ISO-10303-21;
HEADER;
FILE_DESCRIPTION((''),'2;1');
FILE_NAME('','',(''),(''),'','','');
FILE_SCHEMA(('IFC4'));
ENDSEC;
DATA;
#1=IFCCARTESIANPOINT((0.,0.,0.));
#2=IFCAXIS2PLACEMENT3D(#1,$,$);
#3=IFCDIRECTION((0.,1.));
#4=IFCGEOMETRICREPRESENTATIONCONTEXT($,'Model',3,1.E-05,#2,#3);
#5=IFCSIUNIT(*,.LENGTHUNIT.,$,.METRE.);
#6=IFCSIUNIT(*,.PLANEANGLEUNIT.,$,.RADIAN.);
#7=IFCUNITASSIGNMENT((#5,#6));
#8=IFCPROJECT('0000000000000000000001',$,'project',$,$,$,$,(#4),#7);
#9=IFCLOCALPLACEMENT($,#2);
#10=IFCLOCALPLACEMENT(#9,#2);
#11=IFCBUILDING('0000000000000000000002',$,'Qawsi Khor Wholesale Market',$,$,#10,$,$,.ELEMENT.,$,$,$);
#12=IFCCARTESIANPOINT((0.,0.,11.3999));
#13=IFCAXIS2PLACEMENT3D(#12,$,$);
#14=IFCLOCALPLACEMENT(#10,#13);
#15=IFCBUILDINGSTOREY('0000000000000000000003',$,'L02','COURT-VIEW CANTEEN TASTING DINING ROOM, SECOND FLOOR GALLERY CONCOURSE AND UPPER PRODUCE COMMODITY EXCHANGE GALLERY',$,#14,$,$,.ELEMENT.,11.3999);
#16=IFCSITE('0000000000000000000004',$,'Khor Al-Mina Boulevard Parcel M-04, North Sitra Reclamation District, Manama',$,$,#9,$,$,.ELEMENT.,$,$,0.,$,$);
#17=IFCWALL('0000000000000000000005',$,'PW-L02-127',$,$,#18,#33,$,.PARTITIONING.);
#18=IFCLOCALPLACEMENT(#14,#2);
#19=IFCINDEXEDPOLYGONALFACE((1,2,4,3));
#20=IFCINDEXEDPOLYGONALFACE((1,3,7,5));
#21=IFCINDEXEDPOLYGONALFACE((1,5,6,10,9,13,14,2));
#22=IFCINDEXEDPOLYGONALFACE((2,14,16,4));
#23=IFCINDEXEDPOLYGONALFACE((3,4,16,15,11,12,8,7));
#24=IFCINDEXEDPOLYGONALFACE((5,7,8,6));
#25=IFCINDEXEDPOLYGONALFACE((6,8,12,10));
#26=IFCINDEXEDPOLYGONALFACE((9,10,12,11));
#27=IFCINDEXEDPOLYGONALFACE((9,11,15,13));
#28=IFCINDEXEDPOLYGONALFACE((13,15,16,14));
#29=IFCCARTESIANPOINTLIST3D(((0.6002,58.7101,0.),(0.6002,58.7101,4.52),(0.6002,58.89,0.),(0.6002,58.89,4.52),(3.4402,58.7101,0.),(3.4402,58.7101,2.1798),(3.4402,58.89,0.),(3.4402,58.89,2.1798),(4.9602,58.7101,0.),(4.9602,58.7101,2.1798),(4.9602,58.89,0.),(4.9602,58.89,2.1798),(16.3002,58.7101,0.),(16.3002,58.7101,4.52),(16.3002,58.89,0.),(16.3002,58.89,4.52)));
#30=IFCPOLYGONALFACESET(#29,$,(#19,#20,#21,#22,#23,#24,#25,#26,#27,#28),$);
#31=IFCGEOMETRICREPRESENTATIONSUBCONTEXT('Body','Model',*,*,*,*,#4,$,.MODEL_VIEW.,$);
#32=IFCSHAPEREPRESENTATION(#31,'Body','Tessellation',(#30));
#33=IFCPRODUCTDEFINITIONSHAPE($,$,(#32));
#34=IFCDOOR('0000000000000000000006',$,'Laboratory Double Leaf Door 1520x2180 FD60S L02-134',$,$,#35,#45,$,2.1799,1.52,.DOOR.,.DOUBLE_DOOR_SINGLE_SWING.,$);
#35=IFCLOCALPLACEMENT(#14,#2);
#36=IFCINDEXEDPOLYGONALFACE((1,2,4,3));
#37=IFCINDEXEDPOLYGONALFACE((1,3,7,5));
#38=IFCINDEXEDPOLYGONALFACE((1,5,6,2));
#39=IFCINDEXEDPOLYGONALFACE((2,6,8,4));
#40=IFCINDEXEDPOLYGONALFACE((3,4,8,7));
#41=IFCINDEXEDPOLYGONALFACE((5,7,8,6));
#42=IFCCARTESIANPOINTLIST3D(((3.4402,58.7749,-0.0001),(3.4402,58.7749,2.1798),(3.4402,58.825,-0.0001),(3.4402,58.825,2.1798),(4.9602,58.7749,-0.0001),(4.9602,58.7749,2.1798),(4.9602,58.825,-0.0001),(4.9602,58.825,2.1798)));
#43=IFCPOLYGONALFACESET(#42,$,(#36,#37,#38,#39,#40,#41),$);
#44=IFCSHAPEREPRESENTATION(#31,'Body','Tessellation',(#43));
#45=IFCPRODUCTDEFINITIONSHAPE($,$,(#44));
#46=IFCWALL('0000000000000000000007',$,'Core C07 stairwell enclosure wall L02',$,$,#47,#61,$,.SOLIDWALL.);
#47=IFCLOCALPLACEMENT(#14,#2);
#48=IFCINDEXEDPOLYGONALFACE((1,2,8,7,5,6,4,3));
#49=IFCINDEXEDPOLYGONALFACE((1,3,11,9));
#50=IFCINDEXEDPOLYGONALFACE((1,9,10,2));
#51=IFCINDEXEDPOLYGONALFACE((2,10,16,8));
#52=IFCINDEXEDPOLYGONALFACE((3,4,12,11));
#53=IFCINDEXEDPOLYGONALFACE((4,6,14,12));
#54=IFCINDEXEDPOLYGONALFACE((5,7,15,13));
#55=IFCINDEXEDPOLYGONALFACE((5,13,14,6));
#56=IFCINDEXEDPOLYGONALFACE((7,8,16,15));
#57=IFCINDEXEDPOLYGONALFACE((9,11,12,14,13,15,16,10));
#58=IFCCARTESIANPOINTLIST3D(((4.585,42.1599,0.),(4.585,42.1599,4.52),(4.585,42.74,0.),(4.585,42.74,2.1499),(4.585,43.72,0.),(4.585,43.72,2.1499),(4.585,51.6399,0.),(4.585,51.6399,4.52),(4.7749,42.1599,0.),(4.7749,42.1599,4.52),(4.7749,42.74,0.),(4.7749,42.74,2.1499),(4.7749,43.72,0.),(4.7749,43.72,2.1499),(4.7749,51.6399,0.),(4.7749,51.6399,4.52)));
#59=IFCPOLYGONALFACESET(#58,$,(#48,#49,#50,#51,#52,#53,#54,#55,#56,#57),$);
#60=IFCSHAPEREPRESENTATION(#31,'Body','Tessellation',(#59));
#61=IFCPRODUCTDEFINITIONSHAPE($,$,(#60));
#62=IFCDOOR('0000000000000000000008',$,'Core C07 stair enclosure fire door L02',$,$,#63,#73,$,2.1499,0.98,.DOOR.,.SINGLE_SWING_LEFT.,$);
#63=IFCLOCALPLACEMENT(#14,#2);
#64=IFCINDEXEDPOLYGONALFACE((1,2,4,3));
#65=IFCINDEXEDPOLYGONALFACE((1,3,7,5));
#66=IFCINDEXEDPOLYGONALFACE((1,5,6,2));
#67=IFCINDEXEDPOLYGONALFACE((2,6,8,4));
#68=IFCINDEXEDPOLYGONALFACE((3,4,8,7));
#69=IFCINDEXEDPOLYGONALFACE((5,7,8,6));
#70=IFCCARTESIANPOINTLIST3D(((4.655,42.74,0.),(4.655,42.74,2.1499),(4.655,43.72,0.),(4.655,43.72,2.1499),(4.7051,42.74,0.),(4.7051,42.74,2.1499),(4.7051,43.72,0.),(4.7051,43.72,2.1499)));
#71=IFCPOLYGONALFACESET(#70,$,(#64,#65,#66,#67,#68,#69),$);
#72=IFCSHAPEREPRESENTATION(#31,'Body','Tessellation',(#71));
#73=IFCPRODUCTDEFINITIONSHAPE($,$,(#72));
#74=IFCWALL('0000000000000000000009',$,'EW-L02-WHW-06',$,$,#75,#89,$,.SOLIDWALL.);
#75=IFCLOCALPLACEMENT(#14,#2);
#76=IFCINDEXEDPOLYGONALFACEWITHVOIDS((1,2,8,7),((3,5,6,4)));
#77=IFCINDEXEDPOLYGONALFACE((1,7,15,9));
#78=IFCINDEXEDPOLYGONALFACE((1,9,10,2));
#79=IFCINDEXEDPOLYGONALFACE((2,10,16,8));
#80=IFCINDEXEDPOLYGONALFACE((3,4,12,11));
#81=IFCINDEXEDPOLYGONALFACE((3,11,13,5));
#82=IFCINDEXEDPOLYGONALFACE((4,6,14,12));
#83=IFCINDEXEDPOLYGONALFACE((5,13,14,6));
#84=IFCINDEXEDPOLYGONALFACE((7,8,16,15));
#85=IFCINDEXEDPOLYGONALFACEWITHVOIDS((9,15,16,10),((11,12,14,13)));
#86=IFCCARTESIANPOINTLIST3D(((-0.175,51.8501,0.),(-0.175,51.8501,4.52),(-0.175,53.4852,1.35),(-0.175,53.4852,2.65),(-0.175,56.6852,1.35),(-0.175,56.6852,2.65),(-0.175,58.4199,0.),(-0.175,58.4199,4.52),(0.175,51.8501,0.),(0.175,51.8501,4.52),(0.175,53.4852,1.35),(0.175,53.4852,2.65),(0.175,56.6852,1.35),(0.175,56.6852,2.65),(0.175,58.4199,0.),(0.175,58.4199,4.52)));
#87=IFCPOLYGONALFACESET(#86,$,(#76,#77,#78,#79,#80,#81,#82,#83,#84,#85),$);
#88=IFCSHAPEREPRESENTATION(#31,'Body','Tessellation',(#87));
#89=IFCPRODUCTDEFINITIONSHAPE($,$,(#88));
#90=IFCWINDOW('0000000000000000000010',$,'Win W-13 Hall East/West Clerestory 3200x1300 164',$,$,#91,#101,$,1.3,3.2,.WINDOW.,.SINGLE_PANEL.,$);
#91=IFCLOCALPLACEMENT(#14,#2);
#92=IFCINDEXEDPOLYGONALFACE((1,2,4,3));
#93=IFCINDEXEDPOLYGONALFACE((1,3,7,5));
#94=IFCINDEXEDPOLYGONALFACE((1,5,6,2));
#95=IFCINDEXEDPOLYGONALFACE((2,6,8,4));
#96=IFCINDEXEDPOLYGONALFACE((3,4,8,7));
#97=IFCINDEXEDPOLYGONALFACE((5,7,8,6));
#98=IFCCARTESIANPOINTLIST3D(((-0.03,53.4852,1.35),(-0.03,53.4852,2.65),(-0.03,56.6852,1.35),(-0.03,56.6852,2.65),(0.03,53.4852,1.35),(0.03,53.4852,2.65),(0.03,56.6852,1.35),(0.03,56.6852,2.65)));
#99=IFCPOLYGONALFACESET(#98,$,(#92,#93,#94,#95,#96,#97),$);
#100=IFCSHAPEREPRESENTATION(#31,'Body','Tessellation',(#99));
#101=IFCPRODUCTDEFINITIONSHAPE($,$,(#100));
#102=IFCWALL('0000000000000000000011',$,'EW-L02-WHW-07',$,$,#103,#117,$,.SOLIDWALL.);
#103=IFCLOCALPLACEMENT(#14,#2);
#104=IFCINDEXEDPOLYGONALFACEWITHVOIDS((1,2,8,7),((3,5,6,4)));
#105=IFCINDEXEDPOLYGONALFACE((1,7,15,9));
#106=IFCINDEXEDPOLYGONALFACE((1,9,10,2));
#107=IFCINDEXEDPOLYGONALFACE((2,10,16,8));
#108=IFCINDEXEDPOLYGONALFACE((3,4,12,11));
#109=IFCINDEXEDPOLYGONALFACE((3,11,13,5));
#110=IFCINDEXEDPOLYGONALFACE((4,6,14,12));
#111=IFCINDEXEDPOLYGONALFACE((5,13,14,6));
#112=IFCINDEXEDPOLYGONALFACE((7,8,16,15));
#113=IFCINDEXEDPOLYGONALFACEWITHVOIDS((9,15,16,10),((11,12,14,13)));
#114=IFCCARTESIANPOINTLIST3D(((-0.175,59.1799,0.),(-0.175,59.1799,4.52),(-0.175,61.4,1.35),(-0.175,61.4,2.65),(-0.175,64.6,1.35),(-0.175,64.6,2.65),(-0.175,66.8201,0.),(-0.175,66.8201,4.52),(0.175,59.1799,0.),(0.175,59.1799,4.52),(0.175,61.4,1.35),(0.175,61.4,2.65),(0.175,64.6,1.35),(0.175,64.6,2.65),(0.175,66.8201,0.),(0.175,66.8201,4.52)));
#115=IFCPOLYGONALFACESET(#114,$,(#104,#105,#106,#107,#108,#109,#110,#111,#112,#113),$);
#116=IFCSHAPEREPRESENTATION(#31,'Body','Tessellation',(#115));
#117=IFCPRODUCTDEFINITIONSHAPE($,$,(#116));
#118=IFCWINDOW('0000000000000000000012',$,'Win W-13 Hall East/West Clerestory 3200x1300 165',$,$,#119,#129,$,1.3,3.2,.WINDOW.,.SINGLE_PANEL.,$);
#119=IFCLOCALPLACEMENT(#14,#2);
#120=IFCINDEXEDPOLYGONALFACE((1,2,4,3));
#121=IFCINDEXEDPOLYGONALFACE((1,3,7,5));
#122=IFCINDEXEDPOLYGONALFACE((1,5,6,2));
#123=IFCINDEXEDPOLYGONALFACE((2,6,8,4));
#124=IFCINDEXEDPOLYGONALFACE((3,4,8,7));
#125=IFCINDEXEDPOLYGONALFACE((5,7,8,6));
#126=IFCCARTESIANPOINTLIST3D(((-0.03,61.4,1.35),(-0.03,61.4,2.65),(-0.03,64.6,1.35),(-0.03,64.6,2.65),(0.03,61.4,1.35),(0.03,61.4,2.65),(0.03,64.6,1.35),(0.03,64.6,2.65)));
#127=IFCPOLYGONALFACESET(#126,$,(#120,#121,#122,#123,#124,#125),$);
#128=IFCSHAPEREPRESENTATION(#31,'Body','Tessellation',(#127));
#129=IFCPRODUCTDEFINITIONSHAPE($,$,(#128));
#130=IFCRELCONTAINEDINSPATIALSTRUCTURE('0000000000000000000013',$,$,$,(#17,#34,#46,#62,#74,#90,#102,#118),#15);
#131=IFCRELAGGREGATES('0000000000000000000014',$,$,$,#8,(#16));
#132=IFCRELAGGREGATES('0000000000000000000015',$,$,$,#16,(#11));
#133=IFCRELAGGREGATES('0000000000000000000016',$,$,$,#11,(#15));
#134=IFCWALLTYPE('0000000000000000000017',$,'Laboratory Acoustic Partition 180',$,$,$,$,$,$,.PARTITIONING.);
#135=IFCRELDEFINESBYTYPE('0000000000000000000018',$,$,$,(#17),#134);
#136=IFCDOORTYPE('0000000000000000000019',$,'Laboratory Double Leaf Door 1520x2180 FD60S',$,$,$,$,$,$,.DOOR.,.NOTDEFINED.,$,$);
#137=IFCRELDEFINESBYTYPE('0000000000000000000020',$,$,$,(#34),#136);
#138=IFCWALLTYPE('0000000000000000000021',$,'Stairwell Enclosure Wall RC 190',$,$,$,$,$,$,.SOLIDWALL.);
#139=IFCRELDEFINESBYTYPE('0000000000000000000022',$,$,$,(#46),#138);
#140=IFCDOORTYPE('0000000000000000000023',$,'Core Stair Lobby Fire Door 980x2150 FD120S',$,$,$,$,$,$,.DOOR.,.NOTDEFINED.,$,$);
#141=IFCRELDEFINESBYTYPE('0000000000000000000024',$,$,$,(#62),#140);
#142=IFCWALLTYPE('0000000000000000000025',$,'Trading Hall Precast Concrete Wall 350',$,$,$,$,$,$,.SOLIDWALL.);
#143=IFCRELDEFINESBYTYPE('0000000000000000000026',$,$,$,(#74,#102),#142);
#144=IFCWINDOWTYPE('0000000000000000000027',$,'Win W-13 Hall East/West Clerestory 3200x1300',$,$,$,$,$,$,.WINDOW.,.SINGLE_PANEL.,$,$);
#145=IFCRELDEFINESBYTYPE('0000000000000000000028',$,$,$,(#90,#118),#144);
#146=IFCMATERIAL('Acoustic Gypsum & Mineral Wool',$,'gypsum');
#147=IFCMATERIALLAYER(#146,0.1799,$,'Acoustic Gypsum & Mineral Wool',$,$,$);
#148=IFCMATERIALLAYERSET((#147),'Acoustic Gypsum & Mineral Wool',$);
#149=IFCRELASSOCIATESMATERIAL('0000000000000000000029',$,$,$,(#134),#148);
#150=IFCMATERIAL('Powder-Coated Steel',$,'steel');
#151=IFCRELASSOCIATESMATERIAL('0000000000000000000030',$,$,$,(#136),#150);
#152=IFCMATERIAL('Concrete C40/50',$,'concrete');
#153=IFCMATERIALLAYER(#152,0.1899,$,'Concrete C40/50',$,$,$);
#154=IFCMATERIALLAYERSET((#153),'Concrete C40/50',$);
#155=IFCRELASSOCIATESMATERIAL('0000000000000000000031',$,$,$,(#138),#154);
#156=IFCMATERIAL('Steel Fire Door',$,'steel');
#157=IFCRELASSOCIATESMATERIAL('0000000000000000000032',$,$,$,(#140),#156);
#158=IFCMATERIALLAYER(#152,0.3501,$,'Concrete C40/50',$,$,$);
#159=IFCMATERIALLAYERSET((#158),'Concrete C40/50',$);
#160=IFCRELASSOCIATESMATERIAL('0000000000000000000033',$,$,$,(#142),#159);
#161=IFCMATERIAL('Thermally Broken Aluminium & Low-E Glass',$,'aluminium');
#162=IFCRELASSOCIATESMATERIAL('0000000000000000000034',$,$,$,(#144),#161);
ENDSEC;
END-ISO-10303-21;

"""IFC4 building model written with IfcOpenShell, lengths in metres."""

from ifc_helpers import new_model, si_unit, direction, frame, frame_2d, origin, place, context, subcontext, project, spatial, rectangle, extrude, material, layer, layer_set, type_object, element, fill, save


model = new_model("IFC4")

# Units and contexts
model_context = context("Model", 3, precision=1e-05, world=origin(), true_north=direction((0.0, 1.0)))
body_context = subcontext(model_context, "Body", "Model", "MODEL_VIEW")
ifc_project = project(units=[si_unit("LENGTHUNIT", "METRE"), si_unit("PLANEANGLEUNIT", "RADIAN")], contexts=[model_context])

# Site, building, storey
site_placement = place(None, origin())
site = spatial("IfcSite", under=ifc_project, at=site_placement, Name="Khor Al-Mina Boulevard Parcel M-04, North Sitra Reclamation District, Manama", CompositionType="ELEMENT", RefElevation=0.0)
building_placement = place(site_placement, origin())
building = spatial("IfcBuilding", under=site, at=building_placement, Name="Qawsi Khor Wholesale Market", CompositionType="ELEMENT")
storey_placement = place(building_placement, frame((0.0, 0.0, 11.3999)))
storey = spatial("IfcBuildingStorey", under=building, at=storey_placement, Name="L02", Description="COURT-VIEW CANTEEN TASTING DINING ROOM, SECOND FLOOR GALLERY CONCOURSE AND UPPER PRODUCE COMMODITY EXCHANGE GALLERY", CompositionType="ELEMENT", Elevation=11.3999)

# Shared definitions
ifc_material_1 = material(Name="Concrete C40/50", Category="concrete")

# Walls, openings, doors
ifc_material_2 = material(Name="Steel Fire Door", Category="steel")
ifc_material_3 = material(Name="Acoustic Gypsum & Mineral Wool", Category="gypsum")
ifc_layer_1 = layer(ifc_material_3, 0.1799, Name="Acoustic Gypsum & Mineral Wool")
ifc_layer_set_1 = layer_set([ifc_layer_1], Name="Acoustic Gypsum & Mineral Wool")
wall_type_1 = type_object("IfcWallType", Name="Laboratory Acoustic Partition 180", PredefinedType="PARTITIONING", material=ifc_layer_set_1)
wall_1_placement = place(storey_placement, frame((0.6001, 58.8, 0.0), z_axis=(0.0, 0.0, 1.0), x_axis=(1.0, 0.0, 0.0)))
wall_1 = element("IfcWall", 1, at=wall_1_placement, inside=storey, type_object=wall_type_1, Name="PW-L02-127", PredefinedType="PARTITIONING", context=body_context, shape_type="SweptSolid", body=[
    extrude(rectangle(XDim=15.7, YDim=0.1799, at=frame_2d((7.8501, 0.0))), origin(), (0.0, 0.0, 1.0), 4.52),
])
opening_1_placement = place(wall_1_placement, frame((2.8401, 0.0, 0.0)))
opening_1 = element("IfcOpeningElement", 2, at=opening_1_placement, cuts=wall_1, PredefinedType="OPENING", context=body_context, shape_type="SweptSolid", body=[
    extrude(rectangle(XDim=1.52, YDim=2.1799, at=frame_2d((0.76, 1.0898))), frame((0.0, 0.0999, 0.0), z_axis=(0.0, -1.0, 0.0), x_axis=(1.0, 0.0, 0.0)), (0.0, 0.0, 1.0), 0.2),
])
ifc_material_4 = material(Name="Powder-Coated Steel", Category="steel")
door_type_1 = type_object("IfcDoorType", Name="Laboratory Double Leaf Door 1520x2180 FD60S", OperationType="NOTDEFINED", PredefinedType="DOOR", material=ifc_material_4)
door_1_placement = place(opening_1_placement, origin())
door_1 = element("IfcDoor", 3, at=door_1_placement, inside=storey, type_object=door_type_1, Name="Laboratory Double Leaf Door 1520x2180 FD60S L02-134", OperationType="DOUBLE_DOOR_SINGLE_SWING", OverallHeight=2.1799, OverallWidth=1.52, PredefinedType="DOOR", context=body_context, shape_type="SweptSolid", body=[
    extrude(rectangle(XDim=1.52, YDim=2.1799, at=frame_2d((0.76, 1.0898))), frame((0.0, 0.0249, 0.0), z_axis=(0.0, -1.0, 0.0), x_axis=(1.0, 0.0, 0.0)), (0.0, 0.0, 1.0), 0.05),
])
fill(opening_1, door_1)
ifc_layer_2 = layer(ifc_material_1, 0.1899, Name="Concrete C40/50")
ifc_layer_set_2 = layer_set([ifc_layer_2], Name="Concrete C40/50")
wall_type_2 = type_object("IfcWallType", Name="Stairwell Enclosure Wall RC 190", PredefinedType="SOLIDWALL", material=ifc_layer_set_2)
wall_2_placement = place(storey_placement, frame((4.6799, 42.1599, 0.0), z_axis=(0.0, 0.0, 1.0), x_axis=(0.0, 1.0, 0.0)))
wall_2 = element("IfcWall", 4, at=wall_2_placement, inside=storey, type_object=wall_type_2, Name="Core C07 stairwell enclosure wall L02", PredefinedType="SOLIDWALL", context=body_context, shape_type="SweptSolid", body=[
    extrude(rectangle(XDim=9.48, YDim=0.1899, at=frame_2d((4.74, 0.0))), origin(), (0.0, 0.0, 1.0), 4.52),
])
opening_2_placement = place(wall_2_placement, frame((0.5801, 0.0, 0.0)))
opening_2 = element("IfcOpeningElement", 5, at=opening_2_placement, cuts=wall_2, PredefinedType="OPENING", context=body_context, shape_type="SweptSolid", body=[
    extrude(rectangle(XDim=0.98, YDim=2.1499, at=frame_2d((0.49, 1.075))), frame((0.0, 0.105, 0.0), z_axis=(0.0, -1.0, 0.0), x_axis=(1.0, 0.0, 0.0)), (0.0, 0.0, 1.0), 0.21),
])
door_type_2 = type_object("IfcDoorType", Name="Core Stair Lobby Fire Door 980x2150 FD120S", OperationType="NOTDEFINED", PredefinedType="DOOR", material=ifc_material_2)
door_2_placement = place(opening_2_placement, origin())
door_2 = element("IfcDoor", 6, at=door_2_placement, inside=storey, type_object=door_type_2, Name="Core C07 stair enclosure fire door L02", OperationType="SINGLE_SWING_LEFT", OverallHeight=2.1499, OverallWidth=0.98, PredefinedType="DOOR", context=body_context, shape_type="SweptSolid", body=[
    extrude(rectangle(XDim=0.98, YDim=2.1499, at=frame_2d((0.49, 1.075))), frame((0.0, 0.0249, 0.0), z_axis=(0.0, -1.0, 0.0), x_axis=(1.0, 0.0, 0.0)), (0.0, 0.0, 1.0), 0.05),
])
fill(opening_2, door_2)

# Walls, openings, windows
ifc_layer_3 = layer(ifc_material_1, 0.3501, Name="Concrete C40/50")
ifc_layer_set_3 = layer_set([ifc_layer_3], Name="Concrete C40/50")
wall_type_3 = type_object("IfcWallType", Name="Trading Hall Precast Concrete Wall 350", PredefinedType="SOLIDWALL", material=ifc_layer_set_3)
wall_3_placement = place(storey_placement, frame((0.0, 51.8501, 0.0), z_axis=(0.0, 0.0, 1.0), x_axis=(0.0, 1.0, 0.0)))
wall_3 = element("IfcWall", 7, at=wall_3_placement, inside=storey, type_object=wall_type_3, Name="EW-L02-WHW-06", PredefinedType="SOLIDWALL", context=body_context, shape_type="SweptSolid", body=[
    extrude(rectangle(XDim=6.5698, YDim=0.3501, at=frame_2d((3.2849, 0.0))), origin(), (0.0, 0.0, 1.0), 4.52),
])
opening_3_placement = place(wall_3_placement, frame((1.635, 0.0, 1.3501)))
opening_3 = element("IfcOpeningElement", 8, at=opening_3_placement, cuts=wall_3, PredefinedType="OPENING", context=body_context, shape_type="SweptSolid", body=[
    extrude(rectangle(XDim=3.2, YDim=1.3, at=frame_2d((1.6001, 0.6499))), frame((0.0, 0.1851, 0.0), z_axis=(0.0, -1.0, 0.0), x_axis=(1.0, 0.0, 0.0)), (0.0, 0.0, 1.0), 0.3701),
])
ifc_material_5 = material(Name="Thermally Broken Aluminium & Low-E Glass", Category="aluminium")
window_type = type_object("IfcWindowType", Name="Win W-13 Hall East/West Clerestory 3200x1300", PartitioningType="SINGLE_PANEL", PredefinedType="WINDOW", material=ifc_material_5)
window_1_placement = place(opening_3_placement, origin())
window_1 = element("IfcWindow", 9, at=window_1_placement, inside=storey, type_object=window_type, Name="Win W-13 Hall East/West Clerestory 3200x1300 164", OverallHeight=1.3, OverallWidth=3.2, PartitioningType="SINGLE_PANEL", PredefinedType="WINDOW", context=body_context, shape_type="SweptSolid", body=[
    extrude(rectangle(XDim=3.2, YDim=1.3, at=frame_2d((1.6001, 0.6499))), frame((0.0, 0.03, 0.0), z_axis=(0.0, -1.0, 0.0), x_axis=(1.0, 0.0, 0.0)), (0.0, 0.0, 1.0), 0.0601),
])
fill(opening_3, window_1)
wall_4_placement = place(storey_placement, frame((0.0, 59.1799, 0.0), z_axis=(0.0, 0.0, 1.0), x_axis=(0.0, 1.0, 0.0)))
wall_4 = element("IfcWall", 10, at=wall_4_placement, inside=storey, type_object=wall_type_3, Name="EW-L02-WHW-07", PredefinedType="SOLIDWALL", context=body_context, shape_type="SweptSolid", body=[
    extrude(rectangle(XDim=7.6401, YDim=0.3501, at=frame_2d((3.8201, 0.0))), origin(), (0.0, 0.0, 1.0), 4.52),
])
opening_4_placement = place(wall_4_placement, frame((2.22, 0.0, 1.3501)))
opening_4 = element("IfcOpeningElement", 11, at=opening_4_placement, cuts=wall_4, PredefinedType="OPENING", context=body_context, shape_type="SweptSolid", body=[
    extrude(rectangle(XDim=3.2, YDim=1.3, at=frame_2d((1.6001, 0.6499))), frame((0.0, 0.1851, 0.0), z_axis=(0.0, -1.0, 0.0), x_axis=(1.0, 0.0, 0.0)), (0.0, 0.0, 1.0), 0.3701),
])
window_2_placement = place(opening_4_placement, origin())
window_2 = element("IfcWindow", 12, at=window_2_placement, inside=storey, type_object=window_type, Name="Win W-13 Hall East/West Clerestory 3200x1300 165", OverallHeight=1.3, OverallWidth=3.2, PartitioningType="SINGLE_PANEL", PredefinedType="WINDOW", context=body_context, shape_type="SweptSolid", body=[
    extrude(rectangle(XDim=3.2, YDim=1.3, at=frame_2d((1.6001, 0.6499))), frame((0.0, 0.03, 0.0), z_axis=(0.0, -1.0, 0.0), x_axis=(1.0, 0.0, 0.0)), (0.0, 0.0, 1.0), 0.0601),
])
fill(opening_4, window_2)

save(model, "model.ifc")
